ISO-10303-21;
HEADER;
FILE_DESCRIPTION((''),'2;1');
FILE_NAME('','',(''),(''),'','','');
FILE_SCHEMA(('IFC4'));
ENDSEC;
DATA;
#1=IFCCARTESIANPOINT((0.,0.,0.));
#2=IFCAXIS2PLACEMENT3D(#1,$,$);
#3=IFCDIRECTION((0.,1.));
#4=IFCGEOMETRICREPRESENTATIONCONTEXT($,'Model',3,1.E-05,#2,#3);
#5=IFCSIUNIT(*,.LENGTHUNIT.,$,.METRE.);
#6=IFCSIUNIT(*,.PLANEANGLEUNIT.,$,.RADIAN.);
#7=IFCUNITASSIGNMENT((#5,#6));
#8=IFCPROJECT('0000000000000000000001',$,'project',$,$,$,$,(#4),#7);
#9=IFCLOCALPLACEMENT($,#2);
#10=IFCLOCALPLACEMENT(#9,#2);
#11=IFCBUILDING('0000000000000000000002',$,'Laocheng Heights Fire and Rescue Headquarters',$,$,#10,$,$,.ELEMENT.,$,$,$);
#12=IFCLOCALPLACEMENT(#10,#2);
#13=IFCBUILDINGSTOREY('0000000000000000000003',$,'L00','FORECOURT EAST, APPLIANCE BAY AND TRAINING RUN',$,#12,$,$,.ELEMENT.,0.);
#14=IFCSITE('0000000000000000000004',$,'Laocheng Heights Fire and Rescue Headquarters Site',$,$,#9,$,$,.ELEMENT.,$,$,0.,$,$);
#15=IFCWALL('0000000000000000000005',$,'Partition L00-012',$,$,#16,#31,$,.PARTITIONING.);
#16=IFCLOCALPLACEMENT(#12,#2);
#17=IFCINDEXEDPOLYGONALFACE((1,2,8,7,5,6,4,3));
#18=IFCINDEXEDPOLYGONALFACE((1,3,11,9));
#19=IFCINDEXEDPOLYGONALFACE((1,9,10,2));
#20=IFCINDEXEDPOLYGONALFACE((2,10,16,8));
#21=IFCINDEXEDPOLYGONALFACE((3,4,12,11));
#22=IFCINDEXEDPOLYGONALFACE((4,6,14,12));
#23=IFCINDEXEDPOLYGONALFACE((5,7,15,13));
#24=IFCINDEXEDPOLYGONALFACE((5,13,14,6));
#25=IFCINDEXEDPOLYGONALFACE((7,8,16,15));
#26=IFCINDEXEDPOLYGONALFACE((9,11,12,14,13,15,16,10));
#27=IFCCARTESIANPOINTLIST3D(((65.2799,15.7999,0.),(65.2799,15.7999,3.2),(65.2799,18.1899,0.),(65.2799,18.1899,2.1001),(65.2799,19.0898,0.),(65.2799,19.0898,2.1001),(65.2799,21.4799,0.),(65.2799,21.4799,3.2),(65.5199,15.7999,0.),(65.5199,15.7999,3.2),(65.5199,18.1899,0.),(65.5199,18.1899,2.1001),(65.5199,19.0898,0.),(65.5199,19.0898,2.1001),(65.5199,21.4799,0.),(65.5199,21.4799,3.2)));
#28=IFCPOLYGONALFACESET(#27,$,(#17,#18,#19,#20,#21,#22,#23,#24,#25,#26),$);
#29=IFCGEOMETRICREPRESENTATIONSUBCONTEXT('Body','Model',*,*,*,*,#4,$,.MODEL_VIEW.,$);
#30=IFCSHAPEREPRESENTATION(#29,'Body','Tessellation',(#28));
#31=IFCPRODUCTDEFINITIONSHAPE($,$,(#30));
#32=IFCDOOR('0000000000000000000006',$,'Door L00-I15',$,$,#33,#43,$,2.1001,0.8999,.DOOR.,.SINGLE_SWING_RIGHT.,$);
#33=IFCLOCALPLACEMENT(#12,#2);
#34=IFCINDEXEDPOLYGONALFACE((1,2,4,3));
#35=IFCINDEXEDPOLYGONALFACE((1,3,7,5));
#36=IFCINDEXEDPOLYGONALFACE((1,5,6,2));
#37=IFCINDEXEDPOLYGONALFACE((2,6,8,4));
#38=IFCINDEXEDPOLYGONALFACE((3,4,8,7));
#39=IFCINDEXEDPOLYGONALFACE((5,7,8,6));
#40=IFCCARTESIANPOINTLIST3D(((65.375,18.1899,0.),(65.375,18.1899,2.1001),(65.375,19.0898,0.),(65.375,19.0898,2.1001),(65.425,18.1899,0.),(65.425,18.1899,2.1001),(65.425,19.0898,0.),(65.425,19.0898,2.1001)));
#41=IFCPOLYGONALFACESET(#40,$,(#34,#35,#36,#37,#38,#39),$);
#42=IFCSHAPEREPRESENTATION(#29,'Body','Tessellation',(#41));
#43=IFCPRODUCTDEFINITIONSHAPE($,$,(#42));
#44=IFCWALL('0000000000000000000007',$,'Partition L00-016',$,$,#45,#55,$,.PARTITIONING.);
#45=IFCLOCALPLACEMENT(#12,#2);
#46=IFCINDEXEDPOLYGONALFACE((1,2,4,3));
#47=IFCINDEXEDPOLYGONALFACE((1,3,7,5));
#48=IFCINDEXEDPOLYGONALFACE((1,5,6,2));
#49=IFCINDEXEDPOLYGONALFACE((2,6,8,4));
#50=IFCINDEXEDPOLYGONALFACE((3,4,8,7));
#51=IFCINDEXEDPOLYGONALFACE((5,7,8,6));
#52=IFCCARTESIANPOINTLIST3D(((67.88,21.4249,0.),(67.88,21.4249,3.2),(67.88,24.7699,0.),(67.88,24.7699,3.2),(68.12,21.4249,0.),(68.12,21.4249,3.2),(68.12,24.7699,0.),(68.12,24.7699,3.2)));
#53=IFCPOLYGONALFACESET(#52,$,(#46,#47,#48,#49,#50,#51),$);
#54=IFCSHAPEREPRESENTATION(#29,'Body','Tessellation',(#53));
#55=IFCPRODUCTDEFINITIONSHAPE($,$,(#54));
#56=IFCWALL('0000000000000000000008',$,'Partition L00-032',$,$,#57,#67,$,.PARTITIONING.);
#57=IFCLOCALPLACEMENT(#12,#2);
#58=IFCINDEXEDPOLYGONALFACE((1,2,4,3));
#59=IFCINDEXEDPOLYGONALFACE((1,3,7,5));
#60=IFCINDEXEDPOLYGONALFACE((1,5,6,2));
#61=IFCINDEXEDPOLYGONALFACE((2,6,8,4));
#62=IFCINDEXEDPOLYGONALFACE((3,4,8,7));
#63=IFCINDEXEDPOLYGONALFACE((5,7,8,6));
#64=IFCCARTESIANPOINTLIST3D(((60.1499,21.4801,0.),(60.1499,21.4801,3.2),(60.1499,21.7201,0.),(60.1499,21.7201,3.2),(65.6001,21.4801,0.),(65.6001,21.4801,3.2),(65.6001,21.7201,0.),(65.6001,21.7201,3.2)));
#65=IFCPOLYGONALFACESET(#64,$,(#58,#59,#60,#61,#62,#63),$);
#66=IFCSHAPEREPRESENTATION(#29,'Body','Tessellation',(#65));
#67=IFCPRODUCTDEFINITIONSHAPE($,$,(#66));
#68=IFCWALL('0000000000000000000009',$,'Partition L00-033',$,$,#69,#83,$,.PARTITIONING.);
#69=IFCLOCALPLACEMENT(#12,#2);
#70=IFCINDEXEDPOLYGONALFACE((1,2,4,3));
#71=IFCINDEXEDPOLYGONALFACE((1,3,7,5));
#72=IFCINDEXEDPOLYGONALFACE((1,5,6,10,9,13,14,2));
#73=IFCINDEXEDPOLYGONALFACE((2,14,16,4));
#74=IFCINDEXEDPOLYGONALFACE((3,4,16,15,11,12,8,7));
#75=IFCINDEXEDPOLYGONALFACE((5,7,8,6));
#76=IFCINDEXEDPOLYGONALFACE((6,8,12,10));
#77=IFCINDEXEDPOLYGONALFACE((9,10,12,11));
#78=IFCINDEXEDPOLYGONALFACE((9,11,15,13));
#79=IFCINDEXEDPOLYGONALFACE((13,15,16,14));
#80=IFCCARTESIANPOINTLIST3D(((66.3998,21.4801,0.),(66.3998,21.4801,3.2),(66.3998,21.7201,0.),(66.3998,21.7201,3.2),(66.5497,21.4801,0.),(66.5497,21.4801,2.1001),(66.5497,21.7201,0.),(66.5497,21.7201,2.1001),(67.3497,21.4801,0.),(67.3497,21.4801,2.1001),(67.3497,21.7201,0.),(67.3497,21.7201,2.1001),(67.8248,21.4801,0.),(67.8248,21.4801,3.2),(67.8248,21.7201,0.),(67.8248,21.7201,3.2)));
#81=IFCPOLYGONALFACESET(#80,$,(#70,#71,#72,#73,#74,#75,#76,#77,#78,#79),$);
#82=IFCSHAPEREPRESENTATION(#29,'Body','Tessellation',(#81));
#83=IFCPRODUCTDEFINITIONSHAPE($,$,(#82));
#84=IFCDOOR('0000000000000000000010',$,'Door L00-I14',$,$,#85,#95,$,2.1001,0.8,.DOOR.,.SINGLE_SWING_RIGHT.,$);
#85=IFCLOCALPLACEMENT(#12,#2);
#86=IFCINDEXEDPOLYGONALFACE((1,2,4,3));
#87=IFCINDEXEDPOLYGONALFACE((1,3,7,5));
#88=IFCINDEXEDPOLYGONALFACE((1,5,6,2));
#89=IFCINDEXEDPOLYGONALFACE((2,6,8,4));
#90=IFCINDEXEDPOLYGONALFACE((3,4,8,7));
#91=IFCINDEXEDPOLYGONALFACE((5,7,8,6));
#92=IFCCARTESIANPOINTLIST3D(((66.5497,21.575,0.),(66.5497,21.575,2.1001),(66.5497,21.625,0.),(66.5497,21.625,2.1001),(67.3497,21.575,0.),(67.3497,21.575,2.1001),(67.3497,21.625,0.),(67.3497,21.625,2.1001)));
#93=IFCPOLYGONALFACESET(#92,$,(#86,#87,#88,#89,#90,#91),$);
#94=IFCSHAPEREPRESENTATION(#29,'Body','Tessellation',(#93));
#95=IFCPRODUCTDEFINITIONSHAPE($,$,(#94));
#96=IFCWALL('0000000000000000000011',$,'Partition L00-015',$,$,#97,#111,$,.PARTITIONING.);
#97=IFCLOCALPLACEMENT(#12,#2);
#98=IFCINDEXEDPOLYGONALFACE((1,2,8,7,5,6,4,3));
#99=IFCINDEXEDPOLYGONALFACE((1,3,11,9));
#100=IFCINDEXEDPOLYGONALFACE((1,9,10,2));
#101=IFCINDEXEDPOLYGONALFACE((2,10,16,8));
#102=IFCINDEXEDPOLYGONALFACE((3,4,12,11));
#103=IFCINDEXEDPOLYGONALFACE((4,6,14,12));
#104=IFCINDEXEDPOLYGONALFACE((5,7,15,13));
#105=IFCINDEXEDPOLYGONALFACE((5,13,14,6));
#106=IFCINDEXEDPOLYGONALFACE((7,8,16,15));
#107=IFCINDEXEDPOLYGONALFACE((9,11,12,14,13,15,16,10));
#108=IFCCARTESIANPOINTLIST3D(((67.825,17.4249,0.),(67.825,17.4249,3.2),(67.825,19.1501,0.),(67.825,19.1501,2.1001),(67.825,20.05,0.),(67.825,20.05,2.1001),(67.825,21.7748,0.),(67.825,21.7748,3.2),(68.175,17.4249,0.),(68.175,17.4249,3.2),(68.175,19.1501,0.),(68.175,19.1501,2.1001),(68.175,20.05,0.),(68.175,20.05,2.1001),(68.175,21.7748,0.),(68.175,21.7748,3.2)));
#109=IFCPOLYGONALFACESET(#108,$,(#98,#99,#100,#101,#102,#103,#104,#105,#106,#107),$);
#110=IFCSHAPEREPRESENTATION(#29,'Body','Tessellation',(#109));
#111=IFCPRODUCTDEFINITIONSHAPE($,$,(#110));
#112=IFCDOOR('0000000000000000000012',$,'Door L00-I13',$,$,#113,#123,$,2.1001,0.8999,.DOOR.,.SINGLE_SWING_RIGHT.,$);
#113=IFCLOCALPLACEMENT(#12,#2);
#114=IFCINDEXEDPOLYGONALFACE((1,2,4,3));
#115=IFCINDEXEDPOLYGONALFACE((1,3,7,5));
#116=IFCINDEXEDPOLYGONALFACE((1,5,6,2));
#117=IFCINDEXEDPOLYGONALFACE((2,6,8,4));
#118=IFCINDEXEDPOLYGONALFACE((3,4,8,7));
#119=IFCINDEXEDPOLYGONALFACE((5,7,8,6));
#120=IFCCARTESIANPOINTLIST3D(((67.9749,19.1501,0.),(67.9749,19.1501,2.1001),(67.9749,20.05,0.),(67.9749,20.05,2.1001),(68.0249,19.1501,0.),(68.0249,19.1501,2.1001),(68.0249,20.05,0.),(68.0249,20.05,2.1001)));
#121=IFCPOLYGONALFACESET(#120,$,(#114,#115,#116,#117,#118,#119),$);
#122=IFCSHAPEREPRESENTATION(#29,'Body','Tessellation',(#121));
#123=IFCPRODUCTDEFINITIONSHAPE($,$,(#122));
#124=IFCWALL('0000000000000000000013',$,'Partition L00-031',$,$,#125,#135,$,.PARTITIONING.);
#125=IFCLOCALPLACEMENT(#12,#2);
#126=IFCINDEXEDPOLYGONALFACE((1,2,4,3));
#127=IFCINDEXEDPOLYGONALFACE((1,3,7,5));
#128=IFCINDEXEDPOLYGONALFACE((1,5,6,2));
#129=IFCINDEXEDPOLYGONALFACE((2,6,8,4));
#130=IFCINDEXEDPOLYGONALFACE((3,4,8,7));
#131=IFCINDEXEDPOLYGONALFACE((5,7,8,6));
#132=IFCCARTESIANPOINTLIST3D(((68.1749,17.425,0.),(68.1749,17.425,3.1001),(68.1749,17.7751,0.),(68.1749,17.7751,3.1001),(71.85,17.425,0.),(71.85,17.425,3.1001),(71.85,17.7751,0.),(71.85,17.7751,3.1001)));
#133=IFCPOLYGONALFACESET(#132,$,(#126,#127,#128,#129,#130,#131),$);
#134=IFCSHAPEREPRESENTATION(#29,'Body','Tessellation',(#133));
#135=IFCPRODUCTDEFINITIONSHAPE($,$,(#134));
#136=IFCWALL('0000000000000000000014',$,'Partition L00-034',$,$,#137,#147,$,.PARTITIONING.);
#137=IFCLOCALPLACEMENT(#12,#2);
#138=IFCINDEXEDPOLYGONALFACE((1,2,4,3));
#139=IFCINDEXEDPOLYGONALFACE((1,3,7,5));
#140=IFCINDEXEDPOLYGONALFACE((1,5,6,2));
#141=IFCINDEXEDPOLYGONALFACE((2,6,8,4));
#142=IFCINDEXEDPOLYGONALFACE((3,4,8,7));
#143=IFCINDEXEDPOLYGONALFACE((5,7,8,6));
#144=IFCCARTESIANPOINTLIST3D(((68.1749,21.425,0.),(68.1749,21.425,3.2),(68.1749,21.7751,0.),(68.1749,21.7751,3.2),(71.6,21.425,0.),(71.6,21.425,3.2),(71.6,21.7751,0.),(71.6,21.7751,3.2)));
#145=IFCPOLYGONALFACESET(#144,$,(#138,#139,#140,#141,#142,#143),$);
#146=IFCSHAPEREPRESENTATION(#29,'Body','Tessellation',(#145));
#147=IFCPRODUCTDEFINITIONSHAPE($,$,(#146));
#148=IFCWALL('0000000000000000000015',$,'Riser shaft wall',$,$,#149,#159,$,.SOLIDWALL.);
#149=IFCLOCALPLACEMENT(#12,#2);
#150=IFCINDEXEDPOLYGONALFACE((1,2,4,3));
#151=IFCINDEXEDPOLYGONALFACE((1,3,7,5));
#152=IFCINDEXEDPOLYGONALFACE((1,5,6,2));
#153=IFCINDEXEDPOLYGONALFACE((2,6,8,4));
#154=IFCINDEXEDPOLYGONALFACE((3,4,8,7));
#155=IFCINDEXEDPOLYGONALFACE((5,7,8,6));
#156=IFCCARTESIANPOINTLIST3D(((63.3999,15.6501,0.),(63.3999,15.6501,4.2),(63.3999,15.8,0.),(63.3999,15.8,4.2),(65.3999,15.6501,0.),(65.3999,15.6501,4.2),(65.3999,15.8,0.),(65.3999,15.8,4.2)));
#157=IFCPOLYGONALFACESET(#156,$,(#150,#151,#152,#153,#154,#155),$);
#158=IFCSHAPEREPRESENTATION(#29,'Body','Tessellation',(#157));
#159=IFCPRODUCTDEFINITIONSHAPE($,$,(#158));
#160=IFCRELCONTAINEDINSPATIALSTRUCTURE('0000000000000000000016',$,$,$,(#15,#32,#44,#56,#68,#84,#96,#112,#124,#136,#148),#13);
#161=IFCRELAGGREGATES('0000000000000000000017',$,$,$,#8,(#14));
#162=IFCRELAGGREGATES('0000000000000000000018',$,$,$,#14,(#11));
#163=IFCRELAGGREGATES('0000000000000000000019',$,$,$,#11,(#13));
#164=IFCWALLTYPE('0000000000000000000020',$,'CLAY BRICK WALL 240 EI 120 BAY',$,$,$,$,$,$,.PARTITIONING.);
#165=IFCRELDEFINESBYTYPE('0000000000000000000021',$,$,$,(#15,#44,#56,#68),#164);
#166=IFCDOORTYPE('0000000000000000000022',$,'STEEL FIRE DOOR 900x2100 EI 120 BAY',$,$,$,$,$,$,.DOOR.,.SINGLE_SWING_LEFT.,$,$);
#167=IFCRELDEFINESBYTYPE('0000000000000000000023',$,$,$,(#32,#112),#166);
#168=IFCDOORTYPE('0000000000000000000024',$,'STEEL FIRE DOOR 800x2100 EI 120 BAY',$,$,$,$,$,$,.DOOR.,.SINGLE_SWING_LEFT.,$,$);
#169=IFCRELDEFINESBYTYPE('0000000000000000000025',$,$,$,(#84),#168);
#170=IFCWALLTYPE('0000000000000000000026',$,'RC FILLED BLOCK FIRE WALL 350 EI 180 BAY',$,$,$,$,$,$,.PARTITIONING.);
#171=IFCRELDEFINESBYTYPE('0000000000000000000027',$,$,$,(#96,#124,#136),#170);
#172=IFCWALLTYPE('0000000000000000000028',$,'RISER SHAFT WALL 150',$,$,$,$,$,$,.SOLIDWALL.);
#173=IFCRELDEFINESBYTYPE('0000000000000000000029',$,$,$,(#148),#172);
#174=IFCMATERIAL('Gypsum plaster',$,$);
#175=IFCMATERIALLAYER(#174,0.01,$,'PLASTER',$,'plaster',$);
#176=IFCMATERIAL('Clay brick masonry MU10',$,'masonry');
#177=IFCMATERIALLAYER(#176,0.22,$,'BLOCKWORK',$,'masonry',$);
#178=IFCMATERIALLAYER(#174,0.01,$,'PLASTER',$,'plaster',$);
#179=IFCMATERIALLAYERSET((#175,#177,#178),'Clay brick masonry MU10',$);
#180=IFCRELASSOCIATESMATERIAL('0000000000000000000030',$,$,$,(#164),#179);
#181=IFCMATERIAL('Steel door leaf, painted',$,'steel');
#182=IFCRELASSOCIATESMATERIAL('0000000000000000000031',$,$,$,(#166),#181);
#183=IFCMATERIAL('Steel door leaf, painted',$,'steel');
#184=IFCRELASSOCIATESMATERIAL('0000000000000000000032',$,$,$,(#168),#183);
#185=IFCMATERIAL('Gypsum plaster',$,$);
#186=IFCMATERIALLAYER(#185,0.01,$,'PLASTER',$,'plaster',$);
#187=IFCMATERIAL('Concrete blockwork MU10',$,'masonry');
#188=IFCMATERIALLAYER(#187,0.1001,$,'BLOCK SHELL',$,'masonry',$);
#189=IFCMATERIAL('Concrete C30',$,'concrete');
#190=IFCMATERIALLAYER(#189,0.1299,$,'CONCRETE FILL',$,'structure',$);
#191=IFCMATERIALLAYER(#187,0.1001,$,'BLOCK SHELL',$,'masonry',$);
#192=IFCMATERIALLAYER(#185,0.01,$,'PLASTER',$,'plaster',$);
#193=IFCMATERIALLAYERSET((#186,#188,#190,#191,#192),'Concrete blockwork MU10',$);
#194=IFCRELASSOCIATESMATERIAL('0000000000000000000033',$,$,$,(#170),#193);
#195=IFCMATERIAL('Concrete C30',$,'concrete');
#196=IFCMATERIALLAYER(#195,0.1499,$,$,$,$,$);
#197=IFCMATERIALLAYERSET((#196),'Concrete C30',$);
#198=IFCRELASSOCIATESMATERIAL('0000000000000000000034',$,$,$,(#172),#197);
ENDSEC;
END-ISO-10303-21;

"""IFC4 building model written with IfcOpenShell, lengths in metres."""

from ifc_helpers import new_model, si_unit, direction, frame, frame_2d, origin, place, context, subcontext, project, spatial, rectangle, extrude, material, layer, layer_set, type_object, element, fill, save


model = new_model("IFC4")

# Units and contexts
model_context = context("Model", 3, precision=1e-05, world=origin(), true_north=direction((0.0, 1.0)))
body_context = subcontext(model_context, "Body", "Model", "MODEL_VIEW")
ifc_project = project(units=[si_unit("LENGTHUNIT", "METRE"), si_unit("PLANEANGLEUNIT", "RADIAN")], contexts=[model_context])

# Site, building, storey
site_placement = place(None, origin())
site = spatial("IfcSite", under=ifc_project, at=site_placement, Name="Laocheng Heights Fire and Rescue Headquarters Site", CompositionType="ELEMENT", RefElevation=0.0)
building_placement = place(site_placement, origin())
building = spatial("IfcBuilding", under=site, at=building_placement, Name="Laocheng Heights Fire and Rescue Headquarters", CompositionType="ELEMENT")
storey_placement = place(building_placement, origin())
storey = spatial("IfcBuildingStorey", under=building, at=storey_placement, Name="L00", Description="FORECOURT EAST, APPLIANCE BAY AND TRAINING RUN", CompositionType="ELEMENT", Elevation=0.0)

# Wall, opening, door
ifc_material_1 = material(Name="Gypsum plaster")
ifc_layer_1 = layer(ifc_material_1, 0.01, Name="PLASTER", Category="plaster")
ifc_material_2 = material(Name="Clay brick masonry MU10", Category="masonry")
ifc_layer_2 = layer(ifc_material_2, 0.22, Name="BLOCKWORK", Category="masonry")
ifc_layer_3 = layer(ifc_material_1, 0.01, Name="PLASTER", Category="plaster")
ifc_layer_set_1 = layer_set([ifc_layer_1, ifc_layer_2, ifc_layer_3], Name="Clay brick masonry MU10")
wall_type_1 = type_object("IfcWallType", Name="CLAY BRICK WALL 240 EI 120 BAY", PredefinedType="PARTITIONING", material=ifc_layer_set_1)
wall_1_placement = place(storey_placement, frame((65.3999, 15.8, 0.0), z_axis=(0.0, 0.0, 1.0), x_axis=(0.0, 1.0, 0.0)))
wall_1 = element("IfcWall", 1, at=wall_1_placement, inside=storey, type_object=wall_type_1, Name="Partition L00-012", PredefinedType="PARTITIONING", context=body_context, shape_type="SweptSolid", body=[
    extrude(rectangle(XDim=5.6799, YDim=0.24, at=frame_2d((2.8398, 0.0))), origin(), (0.0, 0.0, 1.0), 3.2),
])
opening_1_placement = place(wall_1_placement, frame((2.3899, 0.0, 0.0)))
opening_1 = element("IfcOpeningElement", 2, at=opening_1_placement, cuts=wall_1, PredefinedType="OPENING", context=body_context, shape_type="SweptSolid", body=[
    extrude(rectangle(XDim=0.8999, YDim=2.1001, at=frame_2d((0.45, 1.05))), frame((0.0, 0.1299, 0.0), z_axis=(0.0, -1.0, 0.0), x_axis=(1.0, 0.0, 0.0)), (0.0, 0.0, 1.0), 0.26),
])
ifc_material_3 = material(Name="Steel door leaf, painted", Category="steel")
door_type_1 = type_object("IfcDoorType", Name="STEEL FIRE DOOR 900x2100 EI 120 BAY", OperationType="SINGLE_SWING_LEFT", PredefinedType="DOOR", material=ifc_material_3)
door_1_placement = place(opening_1_placement, origin())
door_1 = element("IfcDoor", 3, at=door_1_placement, inside=storey, type_object=door_type_1, Name="Door L00-I15", OperationType="SINGLE_SWING_RIGHT", OverallHeight=2.1001, OverallWidth=0.8999, PredefinedType="DOOR", context=body_context, shape_type="SweptSolid", body=[
    extrude(rectangle(XDim=0.8999, YDim=2.1001, at=frame_2d((0.45, 1.05))), frame((0.0, 0.0249, 0.0), z_axis=(0.0, -1.0, 0.0), x_axis=(1.0, 0.0, 0.0)), (0.0, 0.0, 1.0), 0.05),
])
fill(opening_1, door_1)

# Walls
wall_2_placement = place(storey_placement, frame((68.0, 21.425, 0.0), z_axis=(0.0, 0.0, 1.0), x_axis=(0.0, 1.0, 0.0)))
element("IfcWall", 4, at=wall_2_placement, inside=storey, type_object=wall_type_1, Name="Partition L00-016", PredefinedType="PARTITIONING", context=body_context, shape_type="SweptSolid", body=[
    extrude(rectangle(XDim=3.345, YDim=0.24, at=frame_2d((1.6724, 0.0))), origin(), (0.0, 0.0, 1.0), 3.2),
])
wall_3_placement = place(storey_placement, frame((60.1499, 21.6001, 0.0), z_axis=(0.0, 0.0, 1.0), x_axis=(1.0, 0.0, 0.0)))
element("IfcWall", 5, at=wall_3_placement, inside=storey, type_object=wall_type_1, Name="Partition L00-032", PredefinedType="PARTITIONING", context=body_context, shape_type="SweptSolid", body=[
    extrude(rectangle(XDim=5.4502, YDim=0.24, at=frame_2d((2.7251, 0.0))), origin(), (0.0, 0.0, 1.0), 3.2),
])

# Walls, openings, doors
wall_4_placement = place(storey_placement, frame((66.3999, 21.6001, 0.0), z_axis=(0.0, 0.0, 1.0), x_axis=(1.0, 0.0, 0.0)))
wall_4 = element("IfcWall", 6, at=wall_4_placement, inside=storey, type_object=wall_type_1, Name="Partition L00-033", PredefinedType="PARTITIONING", context=body_context, shape_type="SweptSolid", body=[
    extrude(rectangle(XDim=1.425, YDim=0.24, at=frame_2d((0.7124, 0.0))), origin(), (0.0, 0.0, 1.0), 3.2),
])
opening_2_placement = place(wall_4_placement, frame((0.1499, 0.0, 0.0)))
opening_2 = element("IfcOpeningElement", 7, at=opening_2_placement, cuts=wall_4, PredefinedType="OPENING", context=body_context, shape_type="SweptSolid", body=[
    extrude(rectangle(XDim=0.8, YDim=2.1001, at=frame_2d((0.3999, 1.05))), frame((0.0, 0.1299, 0.0), z_axis=(0.0, -1.0, 0.0), x_axis=(1.0, 0.0, 0.0)), (0.0, 0.0, 1.0), 0.26),
])
ifc_material_4 = material(Name="Steel door leaf, painted", Category="steel")
door_type_2 = type_object("IfcDoorType", Name="STEEL FIRE DOOR 800x2100 EI 120 BAY", OperationType="SINGLE_SWING_LEFT", PredefinedType="DOOR", material=ifc_material_4)
door_2_placement = place(opening_2_placement, origin())
door_2 = element("IfcDoor", 8, at=door_2_placement, inside=storey, type_object=door_type_2, Name="Door L00-I14", OperationType="SINGLE_SWING_RIGHT", OverallHeight=2.1001, OverallWidth=0.8, PredefinedType="DOOR", context=body_context, shape_type="SweptSolid", body=[
    extrude(rectangle(XDim=0.8, YDim=2.1001, at=frame_2d((0.3999, 1.05))), frame((0.0, 0.0249, 0.0), z_axis=(0.0, -1.0, 0.0), x_axis=(1.0, 0.0, 0.0)), (0.0, 0.0, 1.0), 0.05),
])
fill(opening_2, door_2)
ifc_material_5 = material(Name="Gypsum plaster")
ifc_layer_4 = layer(ifc_material_5, 0.01, Name="PLASTER", Category="plaster")
ifc_material_6 = material(Name="Concrete blockwork MU10", Category="masonry")
ifc_layer_5 = layer(ifc_material_6, 0.1001, Name="BLOCK SHELL", Category="masonry")
ifc_material_7 = material(Name="Concrete C30", Category="concrete")
ifc_layer_6 = layer(ifc_material_7, 0.1299, Name="CONCRETE FILL", Category="structure")
ifc_layer_7 = layer(ifc_material_6, 0.1001, Name="BLOCK SHELL", Category="masonry")
ifc_layer_8 = layer(ifc_material_5, 0.01, Name="PLASTER", Category="plaster")
ifc_layer_set_2 = layer_set([ifc_layer_4, ifc_layer_5, ifc_layer_6, ifc_layer_7, ifc_layer_8], Name="Concrete blockwork MU10")
wall_type_2 = type_object("IfcWallType", Name="RC FILLED BLOCK FIRE WALL 350 EI 180 BAY", PredefinedType="PARTITIONING", material=ifc_layer_set_2)
wall_5_placement = place(storey_placement, frame((68.0, 17.425, 0.0), z_axis=(0.0, 0.0, 1.0), x_axis=(0.0, 1.0, 0.0)))
wall_5 = element("IfcWall", 9, at=wall_5_placement, inside=storey, type_object=wall_type_2, Name="Partition L00-015", PredefinedType="PARTITIONING", context=body_context, shape_type="SweptSolid", body=[
    extrude(rectangle(XDim=4.3499, YDim=0.3501, at=frame_2d((2.1748, 0.0))), origin(), (0.0, 0.0, 1.0), 3.2),
])
opening_3_placement = place(wall_5_placement, frame((1.7251, 0.0, 0.0)))
opening_3 = element("IfcOpeningElement", 10, at=opening_3_placement, cuts=wall_5, PredefinedType="OPENING", context=body_context, shape_type="SweptSolid", body=[
    extrude(rectangle(XDim=0.8999, YDim=2.1001, at=frame_2d((0.45, 1.05))), frame((0.0, 0.1851, 0.0), z_axis=(0.0, -1.0, 0.0), x_axis=(1.0, 0.0, 0.0)), (0.0, 0.0, 1.0), 0.3701),
])
door_3_placement = place(opening_3_placement, frame((0.8999, 0.0, 0.0), z_axis=(0.0, 0.0, 1.0), x_axis=(-1.0, 0.0, 0.0)))
door_3 = element("IfcDoor", 11, at=door_3_placement, inside=storey, type_object=door_type_1, Name="Door L00-I13", OperationType="SINGLE_SWING_RIGHT", OverallHeight=2.1001, OverallWidth=0.8999, PredefinedType="DOOR", context=body_context, shape_type="SweptSolid", body=[
    extrude(rectangle(XDim=0.8999, YDim=2.1001, at=frame_2d((0.45, 1.05))), frame((0.0, 0.0249, 0.0), z_axis=(0.0, -1.0, 0.0), x_axis=(1.0, 0.0, 0.0)), (0.0, 0.0, 1.0), 0.05),
])
fill(opening_3, door_3)

# Walls
wall_6_placement = place(storey_placement, frame((68.175, 17.6001, 0.0), z_axis=(0.0, 0.0, 1.0), x_axis=(1.0, 0.0, 0.0)))
element("IfcWall", 12, at=wall_6_placement, inside=storey, type_object=wall_type_2, Name="Partition L00-031", PredefinedType="PARTITIONING", context=body_context, shape_type="SweptSolid", body=[
    extrude(rectangle(XDim=3.675, YDim=0.3501, at=frame_2d((1.8374, 0.0))), origin(), (0.0, 0.0, 1.0), 3.1001),
])
wall_7_placement = place(storey_placement, frame((68.175, 21.6001, 0.0), z_axis=(0.0, 0.0, 1.0), x_axis=(1.0, 0.0, 0.0)))
element("IfcWall", 13, at=wall_7_placement, inside=storey, type_object=wall_type_2, Name="Partition L00-034", PredefinedType="PARTITIONING", context=body_context, shape_type="SweptSolid", body=[
    extrude(rectangle(XDim=3.425, YDim=0.3501, at=frame_2d((1.7124, 0.0))), origin(), (0.0, 0.0, 1.0), 3.2),
])
ifc_material_8 = material(Name="Concrete C30", Category="concrete")
ifc_layer_9 = layer(ifc_material_8, 0.1499)
ifc_layer_set_3 = layer_set([ifc_layer_9], Name="Concrete C30")
wall_type_3 = type_object("IfcWallType", Name="RISER SHAFT WALL 150", PredefinedType="SOLIDWALL", material=ifc_layer_set_3)
wall_8_placement = place(storey_placement, frame((63.3999, 15.7251, 0.0), z_axis=(0.0, 0.0, 1.0), x_axis=(1.0, 0.0, 0.0)))
element("IfcWall", 14, at=wall_8_placement, inside=storey, type_object=wall_type_3, Name="Riser shaft wall", PredefinedType="SOLIDWALL", context=body_context, shape_type="SweptSolid", body=[
    extrude(rectangle(XDim=2.0, YDim=0.1499, at=frame_2d((1.0, 0.0))), origin(), (0.0, 0.0, 1.0), 4.2),
])

save(model, "model.ifc")
